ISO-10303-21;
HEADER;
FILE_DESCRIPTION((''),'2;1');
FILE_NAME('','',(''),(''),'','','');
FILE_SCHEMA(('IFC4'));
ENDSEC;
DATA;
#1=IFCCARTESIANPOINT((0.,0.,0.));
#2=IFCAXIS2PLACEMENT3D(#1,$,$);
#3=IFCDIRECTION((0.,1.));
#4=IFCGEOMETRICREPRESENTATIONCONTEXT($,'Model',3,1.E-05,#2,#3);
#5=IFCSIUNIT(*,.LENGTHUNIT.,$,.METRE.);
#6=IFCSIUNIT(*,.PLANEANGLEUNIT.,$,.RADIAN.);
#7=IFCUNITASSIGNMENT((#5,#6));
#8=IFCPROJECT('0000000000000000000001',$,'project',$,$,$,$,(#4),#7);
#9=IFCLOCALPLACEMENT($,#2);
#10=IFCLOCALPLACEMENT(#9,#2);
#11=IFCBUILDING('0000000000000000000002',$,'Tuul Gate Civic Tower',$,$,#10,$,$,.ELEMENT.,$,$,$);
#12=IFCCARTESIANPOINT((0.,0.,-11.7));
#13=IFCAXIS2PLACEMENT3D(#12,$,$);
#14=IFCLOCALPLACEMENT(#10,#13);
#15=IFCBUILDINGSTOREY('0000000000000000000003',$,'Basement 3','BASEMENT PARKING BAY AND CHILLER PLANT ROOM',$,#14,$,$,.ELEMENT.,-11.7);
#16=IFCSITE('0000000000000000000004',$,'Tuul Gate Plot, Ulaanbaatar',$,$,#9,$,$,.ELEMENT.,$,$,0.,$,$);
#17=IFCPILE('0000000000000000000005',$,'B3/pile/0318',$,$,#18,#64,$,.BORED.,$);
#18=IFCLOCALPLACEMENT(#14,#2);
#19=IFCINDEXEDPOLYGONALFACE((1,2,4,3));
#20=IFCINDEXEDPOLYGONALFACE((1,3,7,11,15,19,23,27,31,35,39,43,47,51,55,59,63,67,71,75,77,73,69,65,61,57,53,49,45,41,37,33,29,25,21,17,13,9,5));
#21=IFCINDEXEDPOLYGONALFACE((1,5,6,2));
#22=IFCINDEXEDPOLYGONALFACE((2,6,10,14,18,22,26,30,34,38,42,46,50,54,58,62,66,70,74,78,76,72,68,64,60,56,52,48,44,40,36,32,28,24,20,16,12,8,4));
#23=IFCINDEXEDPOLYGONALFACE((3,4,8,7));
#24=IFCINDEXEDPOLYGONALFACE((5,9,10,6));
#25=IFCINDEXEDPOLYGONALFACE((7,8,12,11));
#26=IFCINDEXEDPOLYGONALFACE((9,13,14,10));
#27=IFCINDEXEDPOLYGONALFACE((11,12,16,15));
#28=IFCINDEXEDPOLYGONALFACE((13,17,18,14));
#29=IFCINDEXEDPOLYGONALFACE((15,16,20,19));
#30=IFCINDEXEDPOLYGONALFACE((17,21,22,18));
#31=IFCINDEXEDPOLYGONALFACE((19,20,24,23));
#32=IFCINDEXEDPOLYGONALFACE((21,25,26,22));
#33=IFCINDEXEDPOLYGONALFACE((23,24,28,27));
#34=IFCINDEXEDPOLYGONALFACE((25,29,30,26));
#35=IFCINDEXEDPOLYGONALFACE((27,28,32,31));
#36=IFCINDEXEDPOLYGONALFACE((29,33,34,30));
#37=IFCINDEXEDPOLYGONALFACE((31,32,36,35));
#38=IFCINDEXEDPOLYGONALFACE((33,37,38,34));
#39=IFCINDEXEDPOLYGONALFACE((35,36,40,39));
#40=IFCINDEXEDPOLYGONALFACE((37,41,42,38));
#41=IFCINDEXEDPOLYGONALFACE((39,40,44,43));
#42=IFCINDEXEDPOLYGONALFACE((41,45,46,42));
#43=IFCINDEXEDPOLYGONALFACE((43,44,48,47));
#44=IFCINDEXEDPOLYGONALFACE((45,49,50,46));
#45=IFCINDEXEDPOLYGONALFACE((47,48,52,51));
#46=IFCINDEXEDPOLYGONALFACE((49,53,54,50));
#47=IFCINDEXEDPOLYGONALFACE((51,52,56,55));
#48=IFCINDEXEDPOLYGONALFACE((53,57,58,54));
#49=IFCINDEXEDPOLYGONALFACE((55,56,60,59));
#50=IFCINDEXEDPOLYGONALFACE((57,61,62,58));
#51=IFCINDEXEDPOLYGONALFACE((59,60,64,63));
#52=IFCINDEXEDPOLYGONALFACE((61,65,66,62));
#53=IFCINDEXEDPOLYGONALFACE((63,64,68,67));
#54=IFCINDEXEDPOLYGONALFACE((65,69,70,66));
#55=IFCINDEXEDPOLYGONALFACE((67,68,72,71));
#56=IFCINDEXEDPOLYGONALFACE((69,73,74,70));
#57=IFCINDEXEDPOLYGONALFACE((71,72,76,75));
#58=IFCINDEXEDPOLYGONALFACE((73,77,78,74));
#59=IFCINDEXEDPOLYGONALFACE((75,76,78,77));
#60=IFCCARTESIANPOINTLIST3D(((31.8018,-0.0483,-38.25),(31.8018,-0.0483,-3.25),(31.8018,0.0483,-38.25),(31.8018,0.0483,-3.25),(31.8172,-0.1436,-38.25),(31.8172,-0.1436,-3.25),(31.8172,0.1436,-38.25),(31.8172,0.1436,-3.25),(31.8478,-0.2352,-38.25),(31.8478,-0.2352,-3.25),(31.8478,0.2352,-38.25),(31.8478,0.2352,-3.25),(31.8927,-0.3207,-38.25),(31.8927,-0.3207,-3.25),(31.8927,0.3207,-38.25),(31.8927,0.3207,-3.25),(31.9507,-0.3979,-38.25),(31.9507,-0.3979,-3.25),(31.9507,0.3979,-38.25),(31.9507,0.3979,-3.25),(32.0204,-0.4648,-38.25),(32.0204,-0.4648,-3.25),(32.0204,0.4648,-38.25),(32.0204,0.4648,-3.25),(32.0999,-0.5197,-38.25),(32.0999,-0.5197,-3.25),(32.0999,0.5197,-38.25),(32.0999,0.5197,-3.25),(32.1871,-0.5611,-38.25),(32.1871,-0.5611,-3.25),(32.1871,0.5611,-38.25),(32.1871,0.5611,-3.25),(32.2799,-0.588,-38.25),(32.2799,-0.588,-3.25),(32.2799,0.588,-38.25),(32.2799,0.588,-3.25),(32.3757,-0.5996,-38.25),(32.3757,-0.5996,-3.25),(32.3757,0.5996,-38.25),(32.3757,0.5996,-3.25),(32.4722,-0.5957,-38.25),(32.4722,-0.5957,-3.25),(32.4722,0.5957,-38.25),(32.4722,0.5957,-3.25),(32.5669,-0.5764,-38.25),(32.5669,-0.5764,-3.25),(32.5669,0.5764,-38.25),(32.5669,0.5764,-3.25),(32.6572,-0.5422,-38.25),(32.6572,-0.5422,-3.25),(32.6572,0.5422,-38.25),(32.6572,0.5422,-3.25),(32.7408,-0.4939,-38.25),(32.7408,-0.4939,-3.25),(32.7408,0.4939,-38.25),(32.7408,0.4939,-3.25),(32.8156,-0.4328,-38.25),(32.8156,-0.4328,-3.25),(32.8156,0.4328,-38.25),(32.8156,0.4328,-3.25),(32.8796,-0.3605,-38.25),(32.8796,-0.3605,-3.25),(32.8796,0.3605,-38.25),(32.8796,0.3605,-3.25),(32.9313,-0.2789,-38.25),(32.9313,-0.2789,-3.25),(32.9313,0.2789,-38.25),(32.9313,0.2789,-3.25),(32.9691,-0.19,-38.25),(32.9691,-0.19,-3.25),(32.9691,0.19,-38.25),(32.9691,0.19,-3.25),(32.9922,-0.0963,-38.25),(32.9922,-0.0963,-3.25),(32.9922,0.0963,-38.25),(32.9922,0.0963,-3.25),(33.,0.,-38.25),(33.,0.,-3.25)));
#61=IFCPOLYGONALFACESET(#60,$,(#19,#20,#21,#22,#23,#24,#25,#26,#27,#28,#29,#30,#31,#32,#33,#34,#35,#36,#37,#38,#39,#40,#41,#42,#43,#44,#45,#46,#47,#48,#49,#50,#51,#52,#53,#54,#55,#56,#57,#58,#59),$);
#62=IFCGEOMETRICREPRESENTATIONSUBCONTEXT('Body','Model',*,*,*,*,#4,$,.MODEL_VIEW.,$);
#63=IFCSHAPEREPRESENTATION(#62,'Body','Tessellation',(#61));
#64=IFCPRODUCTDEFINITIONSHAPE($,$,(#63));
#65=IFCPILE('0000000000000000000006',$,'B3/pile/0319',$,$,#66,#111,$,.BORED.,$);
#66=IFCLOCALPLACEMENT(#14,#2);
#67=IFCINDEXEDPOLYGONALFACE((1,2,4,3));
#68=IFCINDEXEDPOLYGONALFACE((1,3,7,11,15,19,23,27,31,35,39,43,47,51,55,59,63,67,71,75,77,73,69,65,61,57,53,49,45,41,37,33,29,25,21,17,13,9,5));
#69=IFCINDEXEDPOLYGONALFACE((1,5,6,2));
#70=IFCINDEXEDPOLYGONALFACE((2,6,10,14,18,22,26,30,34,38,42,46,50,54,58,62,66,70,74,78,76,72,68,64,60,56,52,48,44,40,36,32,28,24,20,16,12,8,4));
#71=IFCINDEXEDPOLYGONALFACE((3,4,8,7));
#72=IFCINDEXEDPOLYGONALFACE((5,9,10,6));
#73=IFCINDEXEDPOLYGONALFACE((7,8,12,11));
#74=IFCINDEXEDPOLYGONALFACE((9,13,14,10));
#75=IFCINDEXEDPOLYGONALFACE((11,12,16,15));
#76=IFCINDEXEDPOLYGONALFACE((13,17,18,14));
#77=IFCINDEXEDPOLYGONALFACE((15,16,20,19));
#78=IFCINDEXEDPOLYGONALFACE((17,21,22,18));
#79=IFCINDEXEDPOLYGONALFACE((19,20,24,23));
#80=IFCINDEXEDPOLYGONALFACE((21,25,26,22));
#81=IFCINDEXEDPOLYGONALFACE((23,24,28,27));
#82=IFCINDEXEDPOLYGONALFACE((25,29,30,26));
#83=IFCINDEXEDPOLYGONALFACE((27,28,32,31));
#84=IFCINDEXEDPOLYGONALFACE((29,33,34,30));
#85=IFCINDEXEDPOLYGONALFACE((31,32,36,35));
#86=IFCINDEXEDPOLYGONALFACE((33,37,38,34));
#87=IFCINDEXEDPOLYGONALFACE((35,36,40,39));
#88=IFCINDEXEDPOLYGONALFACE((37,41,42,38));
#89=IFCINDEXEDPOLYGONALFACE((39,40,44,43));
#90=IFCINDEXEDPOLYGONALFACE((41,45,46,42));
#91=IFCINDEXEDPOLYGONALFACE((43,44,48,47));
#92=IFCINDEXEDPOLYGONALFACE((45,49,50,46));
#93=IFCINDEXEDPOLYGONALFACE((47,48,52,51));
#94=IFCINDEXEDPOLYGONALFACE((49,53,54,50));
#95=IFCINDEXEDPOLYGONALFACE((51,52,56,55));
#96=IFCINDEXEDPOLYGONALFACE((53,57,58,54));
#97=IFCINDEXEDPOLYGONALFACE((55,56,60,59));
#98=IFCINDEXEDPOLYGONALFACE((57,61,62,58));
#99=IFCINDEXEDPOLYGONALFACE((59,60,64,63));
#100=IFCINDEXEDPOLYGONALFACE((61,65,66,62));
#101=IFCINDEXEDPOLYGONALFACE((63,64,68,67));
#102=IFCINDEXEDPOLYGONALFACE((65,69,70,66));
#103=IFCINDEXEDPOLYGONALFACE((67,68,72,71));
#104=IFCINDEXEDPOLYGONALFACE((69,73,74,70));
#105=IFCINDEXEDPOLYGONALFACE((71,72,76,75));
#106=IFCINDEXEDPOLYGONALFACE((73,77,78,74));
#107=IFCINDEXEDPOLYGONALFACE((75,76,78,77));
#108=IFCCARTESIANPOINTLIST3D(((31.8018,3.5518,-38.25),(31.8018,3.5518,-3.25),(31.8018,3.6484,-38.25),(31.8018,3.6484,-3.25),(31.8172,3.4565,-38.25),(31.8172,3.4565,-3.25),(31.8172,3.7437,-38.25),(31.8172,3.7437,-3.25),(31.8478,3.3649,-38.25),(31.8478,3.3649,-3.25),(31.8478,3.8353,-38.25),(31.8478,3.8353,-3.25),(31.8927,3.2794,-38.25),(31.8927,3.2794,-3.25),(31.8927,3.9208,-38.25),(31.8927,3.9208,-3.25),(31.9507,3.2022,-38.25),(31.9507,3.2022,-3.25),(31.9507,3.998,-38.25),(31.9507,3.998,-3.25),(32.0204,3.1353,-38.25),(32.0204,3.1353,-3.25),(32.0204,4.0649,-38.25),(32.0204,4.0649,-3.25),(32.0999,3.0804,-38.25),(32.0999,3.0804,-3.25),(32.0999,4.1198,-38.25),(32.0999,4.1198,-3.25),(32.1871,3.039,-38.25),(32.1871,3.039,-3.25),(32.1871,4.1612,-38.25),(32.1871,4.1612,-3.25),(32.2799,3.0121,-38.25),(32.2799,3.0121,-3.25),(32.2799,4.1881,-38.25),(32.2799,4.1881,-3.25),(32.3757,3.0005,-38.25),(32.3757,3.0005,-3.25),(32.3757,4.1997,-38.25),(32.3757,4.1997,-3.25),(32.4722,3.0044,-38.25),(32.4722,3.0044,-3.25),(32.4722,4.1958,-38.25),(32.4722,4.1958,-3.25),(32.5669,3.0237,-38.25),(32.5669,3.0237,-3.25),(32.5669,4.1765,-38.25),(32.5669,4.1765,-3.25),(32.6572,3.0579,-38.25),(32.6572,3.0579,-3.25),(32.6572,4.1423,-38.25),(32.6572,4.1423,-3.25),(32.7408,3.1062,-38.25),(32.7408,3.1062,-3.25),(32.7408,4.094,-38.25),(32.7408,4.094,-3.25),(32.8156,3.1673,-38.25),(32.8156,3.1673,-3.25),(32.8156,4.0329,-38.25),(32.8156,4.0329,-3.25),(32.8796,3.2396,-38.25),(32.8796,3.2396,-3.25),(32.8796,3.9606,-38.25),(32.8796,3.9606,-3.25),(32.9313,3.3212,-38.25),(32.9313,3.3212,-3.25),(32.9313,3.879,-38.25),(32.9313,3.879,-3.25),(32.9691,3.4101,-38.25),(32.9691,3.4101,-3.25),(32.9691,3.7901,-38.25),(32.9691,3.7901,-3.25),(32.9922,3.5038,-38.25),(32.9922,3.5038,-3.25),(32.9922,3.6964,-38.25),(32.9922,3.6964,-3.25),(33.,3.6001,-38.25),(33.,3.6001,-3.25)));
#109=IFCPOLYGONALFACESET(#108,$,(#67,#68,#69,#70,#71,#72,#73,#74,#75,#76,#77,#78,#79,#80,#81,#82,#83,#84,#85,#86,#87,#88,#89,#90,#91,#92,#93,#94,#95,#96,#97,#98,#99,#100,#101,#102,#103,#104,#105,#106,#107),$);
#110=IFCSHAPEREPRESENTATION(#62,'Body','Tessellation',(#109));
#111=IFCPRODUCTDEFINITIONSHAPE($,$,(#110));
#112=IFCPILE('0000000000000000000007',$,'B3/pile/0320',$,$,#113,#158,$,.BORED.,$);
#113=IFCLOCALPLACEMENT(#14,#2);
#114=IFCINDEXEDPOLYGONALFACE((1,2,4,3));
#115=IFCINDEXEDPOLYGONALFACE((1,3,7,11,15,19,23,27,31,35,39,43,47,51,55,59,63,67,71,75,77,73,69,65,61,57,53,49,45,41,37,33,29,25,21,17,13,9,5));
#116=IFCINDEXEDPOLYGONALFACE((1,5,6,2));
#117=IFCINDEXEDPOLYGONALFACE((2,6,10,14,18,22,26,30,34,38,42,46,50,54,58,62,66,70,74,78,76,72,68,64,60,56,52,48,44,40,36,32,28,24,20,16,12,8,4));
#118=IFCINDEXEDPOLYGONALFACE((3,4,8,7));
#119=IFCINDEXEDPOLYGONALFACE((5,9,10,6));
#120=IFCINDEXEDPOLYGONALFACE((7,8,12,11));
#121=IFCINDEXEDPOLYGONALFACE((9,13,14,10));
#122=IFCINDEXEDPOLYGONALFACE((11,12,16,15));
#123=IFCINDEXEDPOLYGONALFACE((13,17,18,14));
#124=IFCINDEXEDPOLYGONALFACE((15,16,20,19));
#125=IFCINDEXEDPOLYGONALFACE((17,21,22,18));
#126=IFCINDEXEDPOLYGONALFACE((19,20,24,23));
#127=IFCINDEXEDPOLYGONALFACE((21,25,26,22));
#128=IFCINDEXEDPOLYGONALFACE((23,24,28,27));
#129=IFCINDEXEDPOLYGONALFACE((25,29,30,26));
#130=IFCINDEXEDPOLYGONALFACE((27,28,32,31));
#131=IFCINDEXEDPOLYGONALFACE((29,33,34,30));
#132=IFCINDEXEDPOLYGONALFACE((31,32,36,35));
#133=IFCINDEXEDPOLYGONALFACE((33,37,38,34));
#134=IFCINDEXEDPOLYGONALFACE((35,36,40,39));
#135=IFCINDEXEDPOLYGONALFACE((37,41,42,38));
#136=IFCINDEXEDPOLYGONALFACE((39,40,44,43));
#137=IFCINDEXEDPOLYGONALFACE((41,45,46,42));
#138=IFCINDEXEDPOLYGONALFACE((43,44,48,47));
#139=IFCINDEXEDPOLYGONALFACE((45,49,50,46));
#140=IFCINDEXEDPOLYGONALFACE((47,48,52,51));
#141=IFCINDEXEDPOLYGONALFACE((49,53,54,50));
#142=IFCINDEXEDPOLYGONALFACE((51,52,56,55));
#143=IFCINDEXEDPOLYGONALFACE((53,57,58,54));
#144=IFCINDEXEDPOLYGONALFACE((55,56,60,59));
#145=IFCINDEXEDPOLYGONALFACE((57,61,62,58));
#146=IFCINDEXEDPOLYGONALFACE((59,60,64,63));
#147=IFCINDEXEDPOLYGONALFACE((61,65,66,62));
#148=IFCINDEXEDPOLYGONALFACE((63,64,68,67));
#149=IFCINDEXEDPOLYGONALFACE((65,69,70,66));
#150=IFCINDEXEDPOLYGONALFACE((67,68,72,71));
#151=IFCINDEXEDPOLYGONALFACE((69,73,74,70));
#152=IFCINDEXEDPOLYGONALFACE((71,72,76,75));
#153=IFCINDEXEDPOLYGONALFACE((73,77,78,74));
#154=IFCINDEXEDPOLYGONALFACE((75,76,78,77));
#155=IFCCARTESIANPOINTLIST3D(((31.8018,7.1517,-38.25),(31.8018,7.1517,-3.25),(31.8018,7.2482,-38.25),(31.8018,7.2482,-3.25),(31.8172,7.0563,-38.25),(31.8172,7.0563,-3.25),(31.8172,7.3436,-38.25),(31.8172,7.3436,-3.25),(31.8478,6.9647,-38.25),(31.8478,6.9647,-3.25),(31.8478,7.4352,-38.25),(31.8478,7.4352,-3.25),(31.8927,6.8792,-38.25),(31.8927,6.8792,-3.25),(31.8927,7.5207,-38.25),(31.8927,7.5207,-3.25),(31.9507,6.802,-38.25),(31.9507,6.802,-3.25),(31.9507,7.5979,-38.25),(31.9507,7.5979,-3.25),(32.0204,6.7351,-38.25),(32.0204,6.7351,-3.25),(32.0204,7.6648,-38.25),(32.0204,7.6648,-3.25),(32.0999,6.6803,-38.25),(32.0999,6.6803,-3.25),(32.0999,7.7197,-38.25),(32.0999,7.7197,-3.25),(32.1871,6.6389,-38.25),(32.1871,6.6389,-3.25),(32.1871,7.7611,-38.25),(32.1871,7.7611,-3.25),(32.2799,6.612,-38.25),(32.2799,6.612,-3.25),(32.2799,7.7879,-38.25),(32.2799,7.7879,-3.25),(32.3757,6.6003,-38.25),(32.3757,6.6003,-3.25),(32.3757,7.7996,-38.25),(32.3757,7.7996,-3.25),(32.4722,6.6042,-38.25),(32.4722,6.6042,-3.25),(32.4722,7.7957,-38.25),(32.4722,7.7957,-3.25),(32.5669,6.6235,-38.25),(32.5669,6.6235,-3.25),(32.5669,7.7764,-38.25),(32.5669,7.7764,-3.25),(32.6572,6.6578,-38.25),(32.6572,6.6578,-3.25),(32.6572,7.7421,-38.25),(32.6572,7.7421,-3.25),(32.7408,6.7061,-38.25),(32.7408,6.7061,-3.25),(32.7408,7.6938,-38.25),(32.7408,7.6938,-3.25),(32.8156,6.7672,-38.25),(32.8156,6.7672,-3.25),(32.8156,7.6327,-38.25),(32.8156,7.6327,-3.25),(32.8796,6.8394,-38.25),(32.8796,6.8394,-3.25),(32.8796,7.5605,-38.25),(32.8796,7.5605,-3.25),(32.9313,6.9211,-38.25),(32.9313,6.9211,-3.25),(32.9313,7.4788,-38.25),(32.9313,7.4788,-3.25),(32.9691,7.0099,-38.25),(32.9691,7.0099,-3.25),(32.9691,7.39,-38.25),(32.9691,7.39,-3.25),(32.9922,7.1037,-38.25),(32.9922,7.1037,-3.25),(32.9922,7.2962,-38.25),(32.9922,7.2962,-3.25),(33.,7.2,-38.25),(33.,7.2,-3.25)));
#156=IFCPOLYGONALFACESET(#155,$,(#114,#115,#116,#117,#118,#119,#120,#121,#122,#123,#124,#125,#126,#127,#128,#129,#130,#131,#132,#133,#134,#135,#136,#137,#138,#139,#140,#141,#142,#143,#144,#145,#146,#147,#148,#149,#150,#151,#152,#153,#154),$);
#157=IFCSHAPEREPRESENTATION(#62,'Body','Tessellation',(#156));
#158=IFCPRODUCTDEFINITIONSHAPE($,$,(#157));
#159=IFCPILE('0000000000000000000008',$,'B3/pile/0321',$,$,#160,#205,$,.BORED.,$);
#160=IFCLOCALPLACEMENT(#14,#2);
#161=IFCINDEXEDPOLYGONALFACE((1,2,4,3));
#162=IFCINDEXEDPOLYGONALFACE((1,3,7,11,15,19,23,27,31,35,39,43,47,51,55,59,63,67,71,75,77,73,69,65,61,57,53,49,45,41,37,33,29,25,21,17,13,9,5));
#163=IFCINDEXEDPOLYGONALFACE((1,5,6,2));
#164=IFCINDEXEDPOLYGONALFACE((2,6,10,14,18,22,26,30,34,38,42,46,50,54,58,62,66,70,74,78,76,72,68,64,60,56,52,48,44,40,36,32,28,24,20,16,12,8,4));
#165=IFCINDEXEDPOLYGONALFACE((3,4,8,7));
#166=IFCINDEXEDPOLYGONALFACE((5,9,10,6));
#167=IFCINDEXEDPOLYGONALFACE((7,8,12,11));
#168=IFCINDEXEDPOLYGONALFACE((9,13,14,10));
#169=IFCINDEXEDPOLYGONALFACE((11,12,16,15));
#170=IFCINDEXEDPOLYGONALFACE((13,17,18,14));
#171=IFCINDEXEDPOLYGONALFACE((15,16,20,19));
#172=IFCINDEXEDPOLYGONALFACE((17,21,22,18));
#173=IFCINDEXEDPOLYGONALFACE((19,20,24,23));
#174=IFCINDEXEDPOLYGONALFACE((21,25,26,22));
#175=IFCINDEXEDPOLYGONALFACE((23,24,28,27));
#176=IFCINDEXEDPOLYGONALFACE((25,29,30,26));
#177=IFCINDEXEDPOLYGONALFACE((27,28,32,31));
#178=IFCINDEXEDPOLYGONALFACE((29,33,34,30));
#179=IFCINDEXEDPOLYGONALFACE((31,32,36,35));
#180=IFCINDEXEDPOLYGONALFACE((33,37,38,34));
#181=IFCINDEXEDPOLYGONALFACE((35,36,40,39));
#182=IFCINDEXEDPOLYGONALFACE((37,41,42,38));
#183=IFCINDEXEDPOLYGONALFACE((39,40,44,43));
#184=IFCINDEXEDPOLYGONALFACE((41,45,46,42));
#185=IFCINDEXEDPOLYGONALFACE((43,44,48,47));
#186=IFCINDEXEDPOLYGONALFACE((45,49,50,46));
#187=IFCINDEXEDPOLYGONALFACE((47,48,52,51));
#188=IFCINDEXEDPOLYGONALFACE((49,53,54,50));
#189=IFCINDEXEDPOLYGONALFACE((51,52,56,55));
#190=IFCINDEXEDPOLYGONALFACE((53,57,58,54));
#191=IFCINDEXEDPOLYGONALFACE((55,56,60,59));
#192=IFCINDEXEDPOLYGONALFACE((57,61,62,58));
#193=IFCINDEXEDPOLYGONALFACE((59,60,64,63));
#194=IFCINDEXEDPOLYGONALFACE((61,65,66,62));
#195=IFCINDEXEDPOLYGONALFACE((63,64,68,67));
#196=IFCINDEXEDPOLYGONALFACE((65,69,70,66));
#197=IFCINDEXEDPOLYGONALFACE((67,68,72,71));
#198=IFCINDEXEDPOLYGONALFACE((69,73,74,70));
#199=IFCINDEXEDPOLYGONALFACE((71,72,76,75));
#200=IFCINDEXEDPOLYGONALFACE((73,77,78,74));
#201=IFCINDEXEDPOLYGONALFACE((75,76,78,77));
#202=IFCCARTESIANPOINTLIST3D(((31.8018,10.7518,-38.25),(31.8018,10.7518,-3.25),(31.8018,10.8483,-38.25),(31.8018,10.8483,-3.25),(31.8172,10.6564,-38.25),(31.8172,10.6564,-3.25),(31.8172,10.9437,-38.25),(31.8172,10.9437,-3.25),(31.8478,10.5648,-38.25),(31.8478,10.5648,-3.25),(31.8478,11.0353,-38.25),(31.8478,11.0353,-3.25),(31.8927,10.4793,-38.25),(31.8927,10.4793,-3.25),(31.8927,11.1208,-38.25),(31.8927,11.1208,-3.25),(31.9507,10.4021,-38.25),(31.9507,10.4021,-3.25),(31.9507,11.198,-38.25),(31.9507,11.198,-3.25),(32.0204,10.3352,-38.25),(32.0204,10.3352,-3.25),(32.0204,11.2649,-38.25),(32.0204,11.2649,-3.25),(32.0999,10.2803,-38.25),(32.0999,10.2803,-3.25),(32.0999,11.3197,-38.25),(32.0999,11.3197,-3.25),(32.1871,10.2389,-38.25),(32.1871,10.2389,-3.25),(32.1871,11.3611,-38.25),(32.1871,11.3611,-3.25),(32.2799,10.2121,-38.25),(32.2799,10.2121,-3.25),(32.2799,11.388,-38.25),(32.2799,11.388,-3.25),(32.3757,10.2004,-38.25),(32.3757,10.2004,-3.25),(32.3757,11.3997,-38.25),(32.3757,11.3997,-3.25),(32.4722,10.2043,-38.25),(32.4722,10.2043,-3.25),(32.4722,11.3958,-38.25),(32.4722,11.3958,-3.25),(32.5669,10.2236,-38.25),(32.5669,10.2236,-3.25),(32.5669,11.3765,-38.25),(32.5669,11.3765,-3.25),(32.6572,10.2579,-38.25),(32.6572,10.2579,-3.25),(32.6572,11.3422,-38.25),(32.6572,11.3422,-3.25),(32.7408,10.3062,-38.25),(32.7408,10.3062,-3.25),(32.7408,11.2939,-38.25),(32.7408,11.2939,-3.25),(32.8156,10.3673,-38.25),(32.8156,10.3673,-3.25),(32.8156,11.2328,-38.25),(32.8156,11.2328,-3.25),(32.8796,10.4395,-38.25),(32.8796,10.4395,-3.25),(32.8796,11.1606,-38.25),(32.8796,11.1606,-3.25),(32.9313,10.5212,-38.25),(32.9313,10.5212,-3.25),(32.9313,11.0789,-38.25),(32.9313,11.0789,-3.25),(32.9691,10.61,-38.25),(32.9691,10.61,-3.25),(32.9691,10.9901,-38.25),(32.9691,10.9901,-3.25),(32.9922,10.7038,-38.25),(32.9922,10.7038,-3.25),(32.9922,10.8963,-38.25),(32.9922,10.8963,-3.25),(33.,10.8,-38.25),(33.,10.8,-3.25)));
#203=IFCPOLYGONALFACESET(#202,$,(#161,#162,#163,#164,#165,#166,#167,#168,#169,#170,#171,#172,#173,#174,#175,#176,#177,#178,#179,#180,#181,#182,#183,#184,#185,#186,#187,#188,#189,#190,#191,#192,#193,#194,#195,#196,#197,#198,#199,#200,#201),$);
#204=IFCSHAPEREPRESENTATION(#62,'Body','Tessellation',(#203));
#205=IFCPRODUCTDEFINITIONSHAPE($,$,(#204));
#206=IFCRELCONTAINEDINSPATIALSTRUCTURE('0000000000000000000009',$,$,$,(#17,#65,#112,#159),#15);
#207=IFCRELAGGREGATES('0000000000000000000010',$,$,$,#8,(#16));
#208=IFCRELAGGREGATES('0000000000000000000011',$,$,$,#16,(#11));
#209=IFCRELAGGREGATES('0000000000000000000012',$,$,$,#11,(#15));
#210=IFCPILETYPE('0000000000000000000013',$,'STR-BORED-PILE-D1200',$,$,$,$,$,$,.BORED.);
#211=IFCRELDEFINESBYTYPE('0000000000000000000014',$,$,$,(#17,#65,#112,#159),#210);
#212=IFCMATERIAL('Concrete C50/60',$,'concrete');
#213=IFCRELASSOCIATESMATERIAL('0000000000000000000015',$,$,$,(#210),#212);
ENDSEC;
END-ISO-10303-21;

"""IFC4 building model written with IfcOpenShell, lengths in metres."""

from ifc_helpers import new_model, si_unit, direction, frame, origin, origin_2d, place, context, subcontext, project, spatial, circle, extrude, material, material_profile, profile_set, type_object, element, save


model = new_model("IFC4")

# Units and contexts
model_context = context("Model", 3, precision=1e-05, world=origin(), true_north=direction((0.0, 1.0)))
body_context = subcontext(model_context, "Body", "Model", "MODEL_VIEW")
ifc_project = project(units=[si_unit("LENGTHUNIT", "METRE"), si_unit("PLANEANGLEUNIT", "RADIAN")], contexts=[model_context])

# Site, building, storey
site_placement = place(None, origin())
site = spatial("IfcSite", under=ifc_project, at=site_placement, Name="Tuul Gate Plot, Ulaanbaatar", CompositionType="ELEMENT", RefElevation=0.0)
building_placement = place(site_placement, origin())
building = spatial("IfcBuilding", under=site, at=building_placement, Name="Tuul Gate Civic Tower", CompositionType="ELEMENT")
storey_placement = place(building_placement, frame((0.0, 0.0, -11.7)))
storey = spatial("IfcBuildingStorey", under=building, at=storey_placement, Name="Basement 3", Description="BASEMENT PARKING BAY AND CHILLER PLANT ROOM", CompositionType="ELEMENT", Elevation=-11.7)

# Piles
ifc_material_1 = material(Name="Concrete C50/60", Category="concrete")
ifc_material_profile_1 = material_profile(ifc_material_1, circle(Radius=0.6001, at=origin_2d()), Name="PILE1200")
ifc_profile_set_1 = profile_set([ifc_material_profile_1], Name="Concrete C50/60")
pile_type = type_object("IfcPileType", Name="STR-BORED-PILE-D1200", PredefinedType="BORED", material=ifc_profile_set_1)
for number, where, z_axis, x_axis, name in (
    (1, (32.3999, 0.0, -3.25), (0.0, 0.0, -1.0), (1.0, 0.0, 0.0), "B3/pile/0318"),
    (2, (32.3999, 3.6001, -3.25), (0.0, 0.0, -1.0), (1.0, 0.0, 0.0), "B3/pile/0319"),
    (3, (32.3999, 7.2, -3.25), (0.0, 0.0, -1.0), (1.0, 0.0, 0.0), "B3/pile/0320"),
    (4, (32.3999, 10.8, -3.25), (0.0, 0.0, -1.0), (1.0, 0.0, 0.0), "B3/pile/0321"),
):
    element("IfcPile", number, at=place(storey_placement, frame(where, z_axis=z_axis, x_axis=x_axis)), inside=storey, type_object=pile_type, Name=name, PredefinedType="BORED", context=body_context, shape_type="SweptSolid", body=[
        extrude(circle(Radius=0.6001, at=origin_2d()), origin(), (0.0, 0.0, 1.0), 35.0),
    ])

save(model, "model.ifc")
